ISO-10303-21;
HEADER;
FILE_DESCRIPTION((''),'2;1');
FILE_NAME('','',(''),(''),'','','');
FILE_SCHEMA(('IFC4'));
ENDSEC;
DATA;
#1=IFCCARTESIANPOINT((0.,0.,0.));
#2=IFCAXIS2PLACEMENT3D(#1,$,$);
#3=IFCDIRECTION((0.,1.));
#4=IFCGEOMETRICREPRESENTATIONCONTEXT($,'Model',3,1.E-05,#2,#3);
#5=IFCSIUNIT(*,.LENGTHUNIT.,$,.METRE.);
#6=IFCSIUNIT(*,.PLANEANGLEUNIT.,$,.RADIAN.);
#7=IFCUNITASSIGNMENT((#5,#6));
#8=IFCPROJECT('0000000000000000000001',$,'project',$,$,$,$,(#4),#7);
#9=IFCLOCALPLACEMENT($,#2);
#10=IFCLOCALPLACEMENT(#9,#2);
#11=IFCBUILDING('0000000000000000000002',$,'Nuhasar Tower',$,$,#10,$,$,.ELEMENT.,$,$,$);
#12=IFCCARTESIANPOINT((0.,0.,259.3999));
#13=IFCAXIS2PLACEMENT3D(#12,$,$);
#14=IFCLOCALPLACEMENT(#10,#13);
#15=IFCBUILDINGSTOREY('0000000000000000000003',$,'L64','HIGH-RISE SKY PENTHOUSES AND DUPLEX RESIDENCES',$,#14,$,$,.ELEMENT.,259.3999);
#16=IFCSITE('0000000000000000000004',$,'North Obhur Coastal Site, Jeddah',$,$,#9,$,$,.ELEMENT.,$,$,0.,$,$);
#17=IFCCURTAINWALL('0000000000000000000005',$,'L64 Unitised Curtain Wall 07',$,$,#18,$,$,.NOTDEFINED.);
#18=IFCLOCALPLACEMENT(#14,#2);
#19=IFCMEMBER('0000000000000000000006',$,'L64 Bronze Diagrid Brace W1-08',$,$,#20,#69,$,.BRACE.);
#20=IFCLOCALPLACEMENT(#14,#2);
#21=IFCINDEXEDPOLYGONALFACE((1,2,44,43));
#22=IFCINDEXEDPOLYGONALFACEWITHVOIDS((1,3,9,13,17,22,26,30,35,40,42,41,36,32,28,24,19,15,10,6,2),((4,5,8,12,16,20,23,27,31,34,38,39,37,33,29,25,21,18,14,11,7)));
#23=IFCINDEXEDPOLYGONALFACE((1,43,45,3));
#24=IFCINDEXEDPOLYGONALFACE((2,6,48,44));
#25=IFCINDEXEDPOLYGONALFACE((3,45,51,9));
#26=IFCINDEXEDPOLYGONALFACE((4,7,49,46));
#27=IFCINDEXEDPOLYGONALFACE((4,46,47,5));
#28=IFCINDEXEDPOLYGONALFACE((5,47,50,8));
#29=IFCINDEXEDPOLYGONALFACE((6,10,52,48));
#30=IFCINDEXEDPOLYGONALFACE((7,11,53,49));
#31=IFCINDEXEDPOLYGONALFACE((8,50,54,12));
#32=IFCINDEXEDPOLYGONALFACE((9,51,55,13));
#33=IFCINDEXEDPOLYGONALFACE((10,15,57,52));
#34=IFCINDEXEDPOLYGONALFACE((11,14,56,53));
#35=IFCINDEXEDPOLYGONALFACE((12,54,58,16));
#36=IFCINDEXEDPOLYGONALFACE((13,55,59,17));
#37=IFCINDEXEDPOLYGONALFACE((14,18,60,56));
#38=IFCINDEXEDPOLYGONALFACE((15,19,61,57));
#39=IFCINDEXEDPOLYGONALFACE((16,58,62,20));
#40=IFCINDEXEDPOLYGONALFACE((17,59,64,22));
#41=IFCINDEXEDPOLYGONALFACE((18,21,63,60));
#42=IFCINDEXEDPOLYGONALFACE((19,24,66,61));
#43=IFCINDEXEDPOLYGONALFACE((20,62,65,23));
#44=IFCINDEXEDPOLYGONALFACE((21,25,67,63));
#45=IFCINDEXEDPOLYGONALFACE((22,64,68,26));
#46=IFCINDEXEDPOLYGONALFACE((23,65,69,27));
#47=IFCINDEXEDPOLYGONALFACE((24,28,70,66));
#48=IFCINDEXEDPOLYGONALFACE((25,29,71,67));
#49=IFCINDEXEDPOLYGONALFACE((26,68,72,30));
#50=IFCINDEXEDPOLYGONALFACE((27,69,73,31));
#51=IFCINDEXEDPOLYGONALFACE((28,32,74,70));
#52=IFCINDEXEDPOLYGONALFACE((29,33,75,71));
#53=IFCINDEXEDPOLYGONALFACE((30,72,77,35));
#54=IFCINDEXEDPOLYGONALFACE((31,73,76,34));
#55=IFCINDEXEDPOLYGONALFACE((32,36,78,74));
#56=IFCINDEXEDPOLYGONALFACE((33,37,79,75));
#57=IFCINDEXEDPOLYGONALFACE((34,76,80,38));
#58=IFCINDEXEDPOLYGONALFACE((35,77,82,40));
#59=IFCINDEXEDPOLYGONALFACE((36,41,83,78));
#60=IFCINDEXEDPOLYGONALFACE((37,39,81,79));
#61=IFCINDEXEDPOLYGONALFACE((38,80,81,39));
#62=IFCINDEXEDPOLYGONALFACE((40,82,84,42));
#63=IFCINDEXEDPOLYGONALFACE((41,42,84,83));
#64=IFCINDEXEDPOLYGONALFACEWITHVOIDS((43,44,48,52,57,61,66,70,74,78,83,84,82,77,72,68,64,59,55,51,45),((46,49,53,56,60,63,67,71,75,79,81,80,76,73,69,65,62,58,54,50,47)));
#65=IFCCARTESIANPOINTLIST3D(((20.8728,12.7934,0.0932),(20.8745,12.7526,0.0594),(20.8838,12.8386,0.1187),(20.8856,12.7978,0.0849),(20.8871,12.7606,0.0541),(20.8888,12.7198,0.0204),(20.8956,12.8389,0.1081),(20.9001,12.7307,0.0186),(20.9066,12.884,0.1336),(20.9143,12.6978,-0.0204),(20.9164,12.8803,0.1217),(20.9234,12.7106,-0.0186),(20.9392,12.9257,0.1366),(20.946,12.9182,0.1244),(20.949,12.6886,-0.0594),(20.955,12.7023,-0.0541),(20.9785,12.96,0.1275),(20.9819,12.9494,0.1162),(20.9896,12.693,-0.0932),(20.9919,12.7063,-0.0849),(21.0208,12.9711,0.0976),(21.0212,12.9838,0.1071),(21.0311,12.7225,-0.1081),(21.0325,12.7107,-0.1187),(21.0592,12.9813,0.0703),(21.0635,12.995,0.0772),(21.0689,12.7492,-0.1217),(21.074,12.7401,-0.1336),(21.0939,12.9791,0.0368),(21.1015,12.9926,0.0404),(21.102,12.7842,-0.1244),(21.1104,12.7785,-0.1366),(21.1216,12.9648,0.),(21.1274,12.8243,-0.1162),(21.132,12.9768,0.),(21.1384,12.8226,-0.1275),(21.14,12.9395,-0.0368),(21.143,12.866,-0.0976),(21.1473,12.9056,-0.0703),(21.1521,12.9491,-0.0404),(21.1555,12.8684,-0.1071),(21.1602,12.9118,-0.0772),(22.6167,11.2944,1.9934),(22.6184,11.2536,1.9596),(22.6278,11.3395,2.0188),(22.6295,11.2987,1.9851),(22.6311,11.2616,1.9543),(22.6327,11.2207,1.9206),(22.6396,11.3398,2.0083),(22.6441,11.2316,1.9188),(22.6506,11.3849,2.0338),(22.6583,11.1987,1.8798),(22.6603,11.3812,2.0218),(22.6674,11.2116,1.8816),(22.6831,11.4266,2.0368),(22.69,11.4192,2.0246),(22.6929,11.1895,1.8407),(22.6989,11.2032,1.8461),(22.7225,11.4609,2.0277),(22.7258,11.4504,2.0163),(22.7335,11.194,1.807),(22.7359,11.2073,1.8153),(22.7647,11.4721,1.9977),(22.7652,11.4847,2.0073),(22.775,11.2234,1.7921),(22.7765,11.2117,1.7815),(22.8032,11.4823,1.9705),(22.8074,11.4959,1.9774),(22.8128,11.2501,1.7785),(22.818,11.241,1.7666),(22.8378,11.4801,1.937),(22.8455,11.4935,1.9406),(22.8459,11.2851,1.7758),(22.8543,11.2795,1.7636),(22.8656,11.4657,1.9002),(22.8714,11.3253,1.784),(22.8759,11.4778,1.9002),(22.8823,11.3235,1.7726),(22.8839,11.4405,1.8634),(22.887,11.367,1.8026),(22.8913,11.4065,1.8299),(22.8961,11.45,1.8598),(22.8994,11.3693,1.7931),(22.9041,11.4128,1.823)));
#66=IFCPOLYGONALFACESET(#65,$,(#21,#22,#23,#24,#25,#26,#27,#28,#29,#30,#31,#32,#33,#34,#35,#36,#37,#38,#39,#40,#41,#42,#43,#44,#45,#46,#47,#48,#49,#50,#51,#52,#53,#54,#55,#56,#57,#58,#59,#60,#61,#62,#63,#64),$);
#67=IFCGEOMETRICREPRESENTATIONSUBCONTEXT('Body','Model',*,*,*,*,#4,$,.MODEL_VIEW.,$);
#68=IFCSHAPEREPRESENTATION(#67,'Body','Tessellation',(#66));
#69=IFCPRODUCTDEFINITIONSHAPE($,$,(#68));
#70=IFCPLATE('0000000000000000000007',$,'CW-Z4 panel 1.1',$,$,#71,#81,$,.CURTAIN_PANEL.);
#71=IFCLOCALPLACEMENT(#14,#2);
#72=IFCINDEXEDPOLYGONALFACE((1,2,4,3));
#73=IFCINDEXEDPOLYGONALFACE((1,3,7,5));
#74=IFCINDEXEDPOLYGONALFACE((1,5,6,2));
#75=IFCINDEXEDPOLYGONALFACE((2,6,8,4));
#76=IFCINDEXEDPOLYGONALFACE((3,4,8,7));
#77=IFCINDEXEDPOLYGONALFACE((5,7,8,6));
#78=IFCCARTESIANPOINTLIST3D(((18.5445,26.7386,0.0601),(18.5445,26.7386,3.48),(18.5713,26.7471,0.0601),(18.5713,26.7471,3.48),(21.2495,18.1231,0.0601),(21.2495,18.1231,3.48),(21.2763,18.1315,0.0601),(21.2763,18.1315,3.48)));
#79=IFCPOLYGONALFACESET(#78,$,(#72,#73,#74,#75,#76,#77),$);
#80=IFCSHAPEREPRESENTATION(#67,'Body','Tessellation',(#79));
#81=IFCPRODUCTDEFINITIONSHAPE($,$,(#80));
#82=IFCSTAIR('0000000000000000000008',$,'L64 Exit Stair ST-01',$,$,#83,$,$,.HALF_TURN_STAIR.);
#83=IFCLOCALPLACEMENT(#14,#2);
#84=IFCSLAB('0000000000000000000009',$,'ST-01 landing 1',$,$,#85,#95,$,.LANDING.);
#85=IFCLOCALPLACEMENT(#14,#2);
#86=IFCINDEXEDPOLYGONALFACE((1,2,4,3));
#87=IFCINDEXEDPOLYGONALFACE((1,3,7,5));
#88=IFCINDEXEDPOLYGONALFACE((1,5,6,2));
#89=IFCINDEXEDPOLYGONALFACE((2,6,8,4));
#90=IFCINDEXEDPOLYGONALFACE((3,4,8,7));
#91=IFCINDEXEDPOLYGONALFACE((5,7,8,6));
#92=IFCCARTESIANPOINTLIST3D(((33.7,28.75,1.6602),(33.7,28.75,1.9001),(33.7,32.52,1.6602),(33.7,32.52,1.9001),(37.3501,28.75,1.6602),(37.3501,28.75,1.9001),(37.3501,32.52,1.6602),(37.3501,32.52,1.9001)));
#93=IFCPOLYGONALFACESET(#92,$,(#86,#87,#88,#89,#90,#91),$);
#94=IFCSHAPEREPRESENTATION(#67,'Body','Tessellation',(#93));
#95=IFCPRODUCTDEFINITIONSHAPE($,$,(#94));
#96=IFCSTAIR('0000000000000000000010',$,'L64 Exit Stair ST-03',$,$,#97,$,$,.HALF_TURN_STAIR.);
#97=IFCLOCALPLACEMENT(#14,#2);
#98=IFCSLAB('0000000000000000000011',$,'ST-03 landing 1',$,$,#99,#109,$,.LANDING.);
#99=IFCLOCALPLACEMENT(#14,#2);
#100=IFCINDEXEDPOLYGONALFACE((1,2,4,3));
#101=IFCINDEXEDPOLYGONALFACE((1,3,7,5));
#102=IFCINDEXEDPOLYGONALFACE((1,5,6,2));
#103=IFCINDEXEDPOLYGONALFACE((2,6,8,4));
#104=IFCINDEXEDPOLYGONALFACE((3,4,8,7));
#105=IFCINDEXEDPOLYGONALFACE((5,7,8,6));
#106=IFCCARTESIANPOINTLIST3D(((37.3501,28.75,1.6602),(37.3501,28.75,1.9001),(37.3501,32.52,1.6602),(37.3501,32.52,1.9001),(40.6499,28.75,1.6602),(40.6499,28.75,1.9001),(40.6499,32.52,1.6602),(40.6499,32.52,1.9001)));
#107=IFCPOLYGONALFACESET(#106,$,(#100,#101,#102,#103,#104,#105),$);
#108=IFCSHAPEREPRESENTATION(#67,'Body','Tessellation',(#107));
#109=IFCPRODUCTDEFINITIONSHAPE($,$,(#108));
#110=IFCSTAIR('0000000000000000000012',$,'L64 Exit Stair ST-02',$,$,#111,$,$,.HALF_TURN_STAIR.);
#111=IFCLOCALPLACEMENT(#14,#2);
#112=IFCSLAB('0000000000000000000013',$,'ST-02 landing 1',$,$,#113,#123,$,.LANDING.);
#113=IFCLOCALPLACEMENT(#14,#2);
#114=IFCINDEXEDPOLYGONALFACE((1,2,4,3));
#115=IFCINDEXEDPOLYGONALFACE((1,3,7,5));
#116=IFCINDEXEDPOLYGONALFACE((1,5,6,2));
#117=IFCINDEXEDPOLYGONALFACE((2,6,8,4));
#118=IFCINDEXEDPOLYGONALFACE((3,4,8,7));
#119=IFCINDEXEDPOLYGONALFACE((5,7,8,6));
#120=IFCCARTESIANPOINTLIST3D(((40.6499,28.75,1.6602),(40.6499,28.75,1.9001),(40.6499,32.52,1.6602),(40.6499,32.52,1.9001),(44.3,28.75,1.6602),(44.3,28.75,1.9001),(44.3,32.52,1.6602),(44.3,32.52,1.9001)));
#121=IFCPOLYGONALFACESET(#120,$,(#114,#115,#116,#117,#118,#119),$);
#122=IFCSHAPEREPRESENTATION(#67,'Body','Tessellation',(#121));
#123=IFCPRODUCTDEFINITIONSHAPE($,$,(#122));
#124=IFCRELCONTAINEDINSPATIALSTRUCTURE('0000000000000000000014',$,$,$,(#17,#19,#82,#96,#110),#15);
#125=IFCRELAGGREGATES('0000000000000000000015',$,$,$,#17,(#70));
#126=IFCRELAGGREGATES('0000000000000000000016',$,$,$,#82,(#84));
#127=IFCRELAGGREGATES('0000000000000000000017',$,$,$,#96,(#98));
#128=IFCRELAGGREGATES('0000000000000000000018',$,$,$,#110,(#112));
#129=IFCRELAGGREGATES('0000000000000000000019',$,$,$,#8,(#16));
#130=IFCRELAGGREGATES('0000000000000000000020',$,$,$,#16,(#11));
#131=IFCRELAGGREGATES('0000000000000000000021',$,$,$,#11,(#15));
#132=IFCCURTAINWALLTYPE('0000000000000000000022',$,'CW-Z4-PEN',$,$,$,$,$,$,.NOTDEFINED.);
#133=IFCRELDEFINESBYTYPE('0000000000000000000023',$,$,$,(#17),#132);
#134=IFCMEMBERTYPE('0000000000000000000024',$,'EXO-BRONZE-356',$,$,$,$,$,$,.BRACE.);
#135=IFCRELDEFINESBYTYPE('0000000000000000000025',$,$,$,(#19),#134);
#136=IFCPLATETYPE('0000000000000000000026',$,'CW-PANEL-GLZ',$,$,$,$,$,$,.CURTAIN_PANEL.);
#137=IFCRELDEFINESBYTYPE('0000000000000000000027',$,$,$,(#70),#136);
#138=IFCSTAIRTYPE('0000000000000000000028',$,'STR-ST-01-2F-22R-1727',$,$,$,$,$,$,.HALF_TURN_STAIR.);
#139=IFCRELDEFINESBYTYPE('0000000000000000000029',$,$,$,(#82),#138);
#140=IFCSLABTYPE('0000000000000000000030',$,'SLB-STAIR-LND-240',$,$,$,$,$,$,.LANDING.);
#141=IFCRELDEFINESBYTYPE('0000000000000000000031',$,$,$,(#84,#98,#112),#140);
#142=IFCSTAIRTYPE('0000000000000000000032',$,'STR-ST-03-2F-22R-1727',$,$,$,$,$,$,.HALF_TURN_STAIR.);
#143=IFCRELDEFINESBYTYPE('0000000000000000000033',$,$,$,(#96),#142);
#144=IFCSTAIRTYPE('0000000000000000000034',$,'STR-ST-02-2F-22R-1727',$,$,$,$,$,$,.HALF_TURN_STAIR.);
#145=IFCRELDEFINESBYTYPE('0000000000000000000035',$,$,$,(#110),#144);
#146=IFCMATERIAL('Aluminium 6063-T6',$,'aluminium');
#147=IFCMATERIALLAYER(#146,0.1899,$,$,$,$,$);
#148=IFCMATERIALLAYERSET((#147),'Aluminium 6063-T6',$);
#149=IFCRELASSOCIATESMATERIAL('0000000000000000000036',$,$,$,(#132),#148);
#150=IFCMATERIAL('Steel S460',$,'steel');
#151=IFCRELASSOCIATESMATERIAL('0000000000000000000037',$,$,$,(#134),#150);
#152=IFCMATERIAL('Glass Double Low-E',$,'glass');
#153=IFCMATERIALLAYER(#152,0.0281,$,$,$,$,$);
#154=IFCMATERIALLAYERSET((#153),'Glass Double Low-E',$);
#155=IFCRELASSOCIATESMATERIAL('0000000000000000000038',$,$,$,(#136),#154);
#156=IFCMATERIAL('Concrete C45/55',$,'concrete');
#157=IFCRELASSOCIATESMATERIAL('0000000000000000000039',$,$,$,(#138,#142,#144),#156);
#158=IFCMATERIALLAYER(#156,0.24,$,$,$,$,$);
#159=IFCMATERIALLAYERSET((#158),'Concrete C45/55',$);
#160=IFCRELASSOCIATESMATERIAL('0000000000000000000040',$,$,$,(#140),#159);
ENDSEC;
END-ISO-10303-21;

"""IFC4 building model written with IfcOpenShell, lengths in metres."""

from ifc_helpers import new_model, si_unit, direction, frame, origin, origin_2d, place, context, subcontext, project, spatial, polyline, rectangle, hollow_circle, outline, extrude, material, layer, layer_set, material_profile, profile_set, type_object, element, aggregate, save


model = new_model("IFC4")

# Units and contexts
model_context = context("Model", 3, precision=1e-05, world=origin(), true_north=direction((0.0, 1.0)))
body_context = subcontext(model_context, "Body", "Model", "MODEL_VIEW")
ifc_project = project(units=[si_unit("LENGTHUNIT", "METRE"), si_unit("PLANEANGLEUNIT", "RADIAN")], contexts=[model_context])

# Site, building, storey
site_placement = place(None, origin())
site = spatial("IfcSite", under=ifc_project, at=site_placement, Name="North Obhur Coastal Site, Jeddah", CompositionType="ELEMENT", RefElevation=0.0)
building_placement = place(site_placement, origin())
building = spatial("IfcBuilding", under=site, at=building_placement, Name="Nuhasar Tower", CompositionType="ELEMENT")
storey_placement = place(building_placement, frame((0.0, 0.0, 259.3999)))
storey = spatial("IfcBuildingStorey", under=building, at=storey_placement, Name="L64", Description="HIGH-RISE SKY PENTHOUSES AND DUPLEX RESIDENCES", CompositionType="ELEMENT", Elevation=259.3999)

# Curtain wall
ifc_material_1 = material(Name="Aluminium 6063-T6", Category="aluminium")
ifc_layer_1 = layer(ifc_material_1, 0.1899)
ifc_layer_set_1 = layer_set([ifc_layer_1], Name="Aluminium 6063-T6")
curtain_wall_type = type_object("IfcCurtainWallType", Name="CW-Z4-PEN", PredefinedType="NOTDEFINED", material=ifc_layer_set_1)
curtain_wall_1_placement = place(storey_placement, origin())
curtain_wall_1 = element("IfcCurtainWall", 1, at=curtain_wall_1_placement, inside=storey, type_object=curtain_wall_type, Name="L64 Unitised Curtain Wall 07", PredefinedType="NOTDEFINED")

# Member
ifc_material_2 = material(Name="Steel S460", Category="steel")
ifc_material_profile_1 = material_profile(ifc_material_2, hollow_circle(Radius=0.1777, WallThickness=0.0159, at=origin_2d()), Name="HSS355.6X15.9")
ifc_profile_set_1 = profile_set([ifc_material_profile_1], Name="Steel S460")
member_type_1 = type_object("IfcMemberType", Name="EXO-BRONZE-356", PredefinedType="BRACE", material=ifc_profile_set_1)
member_1_placement = place(storey_placement, frame((21.0161, 12.842, 0.0), z_axis=(0.584595, -0.502508, 0.636973), x_axis=(0.651857, 0.758342, 0.0)))
element("IfcMember", 2, at=member_1_placement, inside=storey, type_object=member_type_1, Name="L64 Bronze Diagrid Brace W1-08", PredefinedType="BRACE", context=body_context, shape_type="SweptSolid", body=[
    extrude(hollow_circle(Radius=0.1777, WallThickness=0.0159, at=origin_2d()), origin(), (0.0, 0.0, 1.0), 2.9832),
])

# Plate
ifc_material_3 = material(Name="Glass Double Low-E", Category="glass")
ifc_layer_2 = layer(ifc_material_3, 0.0281)
ifc_layer_set_2 = layer_set([ifc_layer_2], Name="Glass Double Low-E")
plate_type = type_object("IfcPlateType", Name="CW-PANEL-GLZ", PredefinedType="CURTAIN_PANEL", material=ifc_layer_set_2)
plate_placement = place(storey_placement, frame((19.9104, 22.4351, 0.0601), z_axis=(0.0, 0.0, 1.0), x_axis=(0.299557, -0.954079, 0.0)))
plate = element("IfcPlate", 3, at=plate_placement, type_object=plate_type, Name="CW-Z4 panel 1.1", PredefinedType="CURTAIN_PANEL", context=body_context, shape_type="SweptSolid", body=[
    extrude(rectangle(XDim=9.0303, YDim=0.0281, at=origin_2d()), origin(), (0.0, 0.0, 1.0), 3.4199),
])
aggregate(curtain_wall_1, [plate])

# Stairs, slabs
ifc_material_4 = material(Name="Concrete C45/55", Category="concrete")
stair_type_1 = type_object("IfcStairType", Name="STR-ST-01-2F-22R-1727", PredefinedType="HALF_TURN_STAIR", material=ifc_material_4)
stair_1_placement = place(storey_placement, origin())
stair_1 = element("IfcStair", 4, at=stair_1_placement, inside=storey, type_object=stair_type_1, Name="L64 Exit Stair ST-01", PredefinedType="HALF_TURN_STAIR")
ifc_layer_3 = layer(ifc_material_4, 0.24)
ifc_layer_set_3 = layer_set([ifc_layer_3], Name="Concrete C45/55")
slab_type_1 = type_object("IfcSlabType", Name="SLB-STAIR-LND-240", PredefinedType="LANDING", material=ifc_layer_set_3)
slab_1_placement = place(storey_placement, frame((0.0, 0.0, 1.6602)))
slab_1 = element("IfcSlab", 5, at=slab_1_placement, type_object=slab_type_1, Name="ST-01 landing 1", PredefinedType="LANDING", context=body_context, shape_type="SweptSolid", body=[
    extrude(outline(polyline([(33.7, 28.75), (37.3501, 28.75), (37.3501, 32.52), (33.7, 32.52), (33.7, 28.75)])), origin(), (0.0, 0.0, 1.0), 0.24),
])
aggregate(stair_1, [slab_1])
stair_type_2 = type_object("IfcStairType", Name="STR-ST-03-2F-22R-1727", PredefinedType="HALF_TURN_STAIR", material=ifc_material_4)
stair_2_placement = place(storey_placement, origin())
stair_2 = element("IfcStair", 6, at=stair_2_placement, inside=storey, type_object=stair_type_2, Name="L64 Exit Stair ST-03", PredefinedType="HALF_TURN_STAIR")
slab_2_placement = place(storey_placement, frame((0.0, 0.0, 1.6602)))
slab_2 = element("IfcSlab", 7, at=slab_2_placement, type_object=slab_type_1, Name="ST-03 landing 1", PredefinedType="LANDING", context=body_context, shape_type="SweptSolid", body=[
    extrude(outline(polyline([(37.3501, 28.75), (40.6499, 28.75), (40.6499, 32.52), (37.3501, 32.52), (37.3501, 28.75)])), origin(), (0.0, 0.0, 1.0), 0.24),
])
aggregate(stair_2, [slab_2])
stair_type_3 = type_object("IfcStairType", Name="STR-ST-02-2F-22R-1727", PredefinedType="HALF_TURN_STAIR", material=ifc_material_4)
stair_3_placement = place(storey_placement, origin())
stair_3 = element("IfcStair", 8, at=stair_3_placement, inside=storey, type_object=stair_type_3, Name="L64 Exit Stair ST-02", PredefinedType="HALF_TURN_STAIR")
slab_3_placement = place(storey_placement, frame((0.0, 0.0, 1.6602)))
slab_3 = element("IfcSlab", 9, at=slab_3_placement, type_object=slab_type_1, Name="ST-02 landing 1", PredefinedType="LANDING", context=body_context, shape_type="SweptSolid", body=[
    extrude(outline(polyline([(40.6499, 28.75), (44.3, 28.75), (44.3, 32.52), (40.6499, 32.52), (40.6499, 28.75)])), origin(), (0.0, 0.0, 1.0), 0.24),
])
aggregate(stair_3, [slab_3])

save(model, "model.ifc")
